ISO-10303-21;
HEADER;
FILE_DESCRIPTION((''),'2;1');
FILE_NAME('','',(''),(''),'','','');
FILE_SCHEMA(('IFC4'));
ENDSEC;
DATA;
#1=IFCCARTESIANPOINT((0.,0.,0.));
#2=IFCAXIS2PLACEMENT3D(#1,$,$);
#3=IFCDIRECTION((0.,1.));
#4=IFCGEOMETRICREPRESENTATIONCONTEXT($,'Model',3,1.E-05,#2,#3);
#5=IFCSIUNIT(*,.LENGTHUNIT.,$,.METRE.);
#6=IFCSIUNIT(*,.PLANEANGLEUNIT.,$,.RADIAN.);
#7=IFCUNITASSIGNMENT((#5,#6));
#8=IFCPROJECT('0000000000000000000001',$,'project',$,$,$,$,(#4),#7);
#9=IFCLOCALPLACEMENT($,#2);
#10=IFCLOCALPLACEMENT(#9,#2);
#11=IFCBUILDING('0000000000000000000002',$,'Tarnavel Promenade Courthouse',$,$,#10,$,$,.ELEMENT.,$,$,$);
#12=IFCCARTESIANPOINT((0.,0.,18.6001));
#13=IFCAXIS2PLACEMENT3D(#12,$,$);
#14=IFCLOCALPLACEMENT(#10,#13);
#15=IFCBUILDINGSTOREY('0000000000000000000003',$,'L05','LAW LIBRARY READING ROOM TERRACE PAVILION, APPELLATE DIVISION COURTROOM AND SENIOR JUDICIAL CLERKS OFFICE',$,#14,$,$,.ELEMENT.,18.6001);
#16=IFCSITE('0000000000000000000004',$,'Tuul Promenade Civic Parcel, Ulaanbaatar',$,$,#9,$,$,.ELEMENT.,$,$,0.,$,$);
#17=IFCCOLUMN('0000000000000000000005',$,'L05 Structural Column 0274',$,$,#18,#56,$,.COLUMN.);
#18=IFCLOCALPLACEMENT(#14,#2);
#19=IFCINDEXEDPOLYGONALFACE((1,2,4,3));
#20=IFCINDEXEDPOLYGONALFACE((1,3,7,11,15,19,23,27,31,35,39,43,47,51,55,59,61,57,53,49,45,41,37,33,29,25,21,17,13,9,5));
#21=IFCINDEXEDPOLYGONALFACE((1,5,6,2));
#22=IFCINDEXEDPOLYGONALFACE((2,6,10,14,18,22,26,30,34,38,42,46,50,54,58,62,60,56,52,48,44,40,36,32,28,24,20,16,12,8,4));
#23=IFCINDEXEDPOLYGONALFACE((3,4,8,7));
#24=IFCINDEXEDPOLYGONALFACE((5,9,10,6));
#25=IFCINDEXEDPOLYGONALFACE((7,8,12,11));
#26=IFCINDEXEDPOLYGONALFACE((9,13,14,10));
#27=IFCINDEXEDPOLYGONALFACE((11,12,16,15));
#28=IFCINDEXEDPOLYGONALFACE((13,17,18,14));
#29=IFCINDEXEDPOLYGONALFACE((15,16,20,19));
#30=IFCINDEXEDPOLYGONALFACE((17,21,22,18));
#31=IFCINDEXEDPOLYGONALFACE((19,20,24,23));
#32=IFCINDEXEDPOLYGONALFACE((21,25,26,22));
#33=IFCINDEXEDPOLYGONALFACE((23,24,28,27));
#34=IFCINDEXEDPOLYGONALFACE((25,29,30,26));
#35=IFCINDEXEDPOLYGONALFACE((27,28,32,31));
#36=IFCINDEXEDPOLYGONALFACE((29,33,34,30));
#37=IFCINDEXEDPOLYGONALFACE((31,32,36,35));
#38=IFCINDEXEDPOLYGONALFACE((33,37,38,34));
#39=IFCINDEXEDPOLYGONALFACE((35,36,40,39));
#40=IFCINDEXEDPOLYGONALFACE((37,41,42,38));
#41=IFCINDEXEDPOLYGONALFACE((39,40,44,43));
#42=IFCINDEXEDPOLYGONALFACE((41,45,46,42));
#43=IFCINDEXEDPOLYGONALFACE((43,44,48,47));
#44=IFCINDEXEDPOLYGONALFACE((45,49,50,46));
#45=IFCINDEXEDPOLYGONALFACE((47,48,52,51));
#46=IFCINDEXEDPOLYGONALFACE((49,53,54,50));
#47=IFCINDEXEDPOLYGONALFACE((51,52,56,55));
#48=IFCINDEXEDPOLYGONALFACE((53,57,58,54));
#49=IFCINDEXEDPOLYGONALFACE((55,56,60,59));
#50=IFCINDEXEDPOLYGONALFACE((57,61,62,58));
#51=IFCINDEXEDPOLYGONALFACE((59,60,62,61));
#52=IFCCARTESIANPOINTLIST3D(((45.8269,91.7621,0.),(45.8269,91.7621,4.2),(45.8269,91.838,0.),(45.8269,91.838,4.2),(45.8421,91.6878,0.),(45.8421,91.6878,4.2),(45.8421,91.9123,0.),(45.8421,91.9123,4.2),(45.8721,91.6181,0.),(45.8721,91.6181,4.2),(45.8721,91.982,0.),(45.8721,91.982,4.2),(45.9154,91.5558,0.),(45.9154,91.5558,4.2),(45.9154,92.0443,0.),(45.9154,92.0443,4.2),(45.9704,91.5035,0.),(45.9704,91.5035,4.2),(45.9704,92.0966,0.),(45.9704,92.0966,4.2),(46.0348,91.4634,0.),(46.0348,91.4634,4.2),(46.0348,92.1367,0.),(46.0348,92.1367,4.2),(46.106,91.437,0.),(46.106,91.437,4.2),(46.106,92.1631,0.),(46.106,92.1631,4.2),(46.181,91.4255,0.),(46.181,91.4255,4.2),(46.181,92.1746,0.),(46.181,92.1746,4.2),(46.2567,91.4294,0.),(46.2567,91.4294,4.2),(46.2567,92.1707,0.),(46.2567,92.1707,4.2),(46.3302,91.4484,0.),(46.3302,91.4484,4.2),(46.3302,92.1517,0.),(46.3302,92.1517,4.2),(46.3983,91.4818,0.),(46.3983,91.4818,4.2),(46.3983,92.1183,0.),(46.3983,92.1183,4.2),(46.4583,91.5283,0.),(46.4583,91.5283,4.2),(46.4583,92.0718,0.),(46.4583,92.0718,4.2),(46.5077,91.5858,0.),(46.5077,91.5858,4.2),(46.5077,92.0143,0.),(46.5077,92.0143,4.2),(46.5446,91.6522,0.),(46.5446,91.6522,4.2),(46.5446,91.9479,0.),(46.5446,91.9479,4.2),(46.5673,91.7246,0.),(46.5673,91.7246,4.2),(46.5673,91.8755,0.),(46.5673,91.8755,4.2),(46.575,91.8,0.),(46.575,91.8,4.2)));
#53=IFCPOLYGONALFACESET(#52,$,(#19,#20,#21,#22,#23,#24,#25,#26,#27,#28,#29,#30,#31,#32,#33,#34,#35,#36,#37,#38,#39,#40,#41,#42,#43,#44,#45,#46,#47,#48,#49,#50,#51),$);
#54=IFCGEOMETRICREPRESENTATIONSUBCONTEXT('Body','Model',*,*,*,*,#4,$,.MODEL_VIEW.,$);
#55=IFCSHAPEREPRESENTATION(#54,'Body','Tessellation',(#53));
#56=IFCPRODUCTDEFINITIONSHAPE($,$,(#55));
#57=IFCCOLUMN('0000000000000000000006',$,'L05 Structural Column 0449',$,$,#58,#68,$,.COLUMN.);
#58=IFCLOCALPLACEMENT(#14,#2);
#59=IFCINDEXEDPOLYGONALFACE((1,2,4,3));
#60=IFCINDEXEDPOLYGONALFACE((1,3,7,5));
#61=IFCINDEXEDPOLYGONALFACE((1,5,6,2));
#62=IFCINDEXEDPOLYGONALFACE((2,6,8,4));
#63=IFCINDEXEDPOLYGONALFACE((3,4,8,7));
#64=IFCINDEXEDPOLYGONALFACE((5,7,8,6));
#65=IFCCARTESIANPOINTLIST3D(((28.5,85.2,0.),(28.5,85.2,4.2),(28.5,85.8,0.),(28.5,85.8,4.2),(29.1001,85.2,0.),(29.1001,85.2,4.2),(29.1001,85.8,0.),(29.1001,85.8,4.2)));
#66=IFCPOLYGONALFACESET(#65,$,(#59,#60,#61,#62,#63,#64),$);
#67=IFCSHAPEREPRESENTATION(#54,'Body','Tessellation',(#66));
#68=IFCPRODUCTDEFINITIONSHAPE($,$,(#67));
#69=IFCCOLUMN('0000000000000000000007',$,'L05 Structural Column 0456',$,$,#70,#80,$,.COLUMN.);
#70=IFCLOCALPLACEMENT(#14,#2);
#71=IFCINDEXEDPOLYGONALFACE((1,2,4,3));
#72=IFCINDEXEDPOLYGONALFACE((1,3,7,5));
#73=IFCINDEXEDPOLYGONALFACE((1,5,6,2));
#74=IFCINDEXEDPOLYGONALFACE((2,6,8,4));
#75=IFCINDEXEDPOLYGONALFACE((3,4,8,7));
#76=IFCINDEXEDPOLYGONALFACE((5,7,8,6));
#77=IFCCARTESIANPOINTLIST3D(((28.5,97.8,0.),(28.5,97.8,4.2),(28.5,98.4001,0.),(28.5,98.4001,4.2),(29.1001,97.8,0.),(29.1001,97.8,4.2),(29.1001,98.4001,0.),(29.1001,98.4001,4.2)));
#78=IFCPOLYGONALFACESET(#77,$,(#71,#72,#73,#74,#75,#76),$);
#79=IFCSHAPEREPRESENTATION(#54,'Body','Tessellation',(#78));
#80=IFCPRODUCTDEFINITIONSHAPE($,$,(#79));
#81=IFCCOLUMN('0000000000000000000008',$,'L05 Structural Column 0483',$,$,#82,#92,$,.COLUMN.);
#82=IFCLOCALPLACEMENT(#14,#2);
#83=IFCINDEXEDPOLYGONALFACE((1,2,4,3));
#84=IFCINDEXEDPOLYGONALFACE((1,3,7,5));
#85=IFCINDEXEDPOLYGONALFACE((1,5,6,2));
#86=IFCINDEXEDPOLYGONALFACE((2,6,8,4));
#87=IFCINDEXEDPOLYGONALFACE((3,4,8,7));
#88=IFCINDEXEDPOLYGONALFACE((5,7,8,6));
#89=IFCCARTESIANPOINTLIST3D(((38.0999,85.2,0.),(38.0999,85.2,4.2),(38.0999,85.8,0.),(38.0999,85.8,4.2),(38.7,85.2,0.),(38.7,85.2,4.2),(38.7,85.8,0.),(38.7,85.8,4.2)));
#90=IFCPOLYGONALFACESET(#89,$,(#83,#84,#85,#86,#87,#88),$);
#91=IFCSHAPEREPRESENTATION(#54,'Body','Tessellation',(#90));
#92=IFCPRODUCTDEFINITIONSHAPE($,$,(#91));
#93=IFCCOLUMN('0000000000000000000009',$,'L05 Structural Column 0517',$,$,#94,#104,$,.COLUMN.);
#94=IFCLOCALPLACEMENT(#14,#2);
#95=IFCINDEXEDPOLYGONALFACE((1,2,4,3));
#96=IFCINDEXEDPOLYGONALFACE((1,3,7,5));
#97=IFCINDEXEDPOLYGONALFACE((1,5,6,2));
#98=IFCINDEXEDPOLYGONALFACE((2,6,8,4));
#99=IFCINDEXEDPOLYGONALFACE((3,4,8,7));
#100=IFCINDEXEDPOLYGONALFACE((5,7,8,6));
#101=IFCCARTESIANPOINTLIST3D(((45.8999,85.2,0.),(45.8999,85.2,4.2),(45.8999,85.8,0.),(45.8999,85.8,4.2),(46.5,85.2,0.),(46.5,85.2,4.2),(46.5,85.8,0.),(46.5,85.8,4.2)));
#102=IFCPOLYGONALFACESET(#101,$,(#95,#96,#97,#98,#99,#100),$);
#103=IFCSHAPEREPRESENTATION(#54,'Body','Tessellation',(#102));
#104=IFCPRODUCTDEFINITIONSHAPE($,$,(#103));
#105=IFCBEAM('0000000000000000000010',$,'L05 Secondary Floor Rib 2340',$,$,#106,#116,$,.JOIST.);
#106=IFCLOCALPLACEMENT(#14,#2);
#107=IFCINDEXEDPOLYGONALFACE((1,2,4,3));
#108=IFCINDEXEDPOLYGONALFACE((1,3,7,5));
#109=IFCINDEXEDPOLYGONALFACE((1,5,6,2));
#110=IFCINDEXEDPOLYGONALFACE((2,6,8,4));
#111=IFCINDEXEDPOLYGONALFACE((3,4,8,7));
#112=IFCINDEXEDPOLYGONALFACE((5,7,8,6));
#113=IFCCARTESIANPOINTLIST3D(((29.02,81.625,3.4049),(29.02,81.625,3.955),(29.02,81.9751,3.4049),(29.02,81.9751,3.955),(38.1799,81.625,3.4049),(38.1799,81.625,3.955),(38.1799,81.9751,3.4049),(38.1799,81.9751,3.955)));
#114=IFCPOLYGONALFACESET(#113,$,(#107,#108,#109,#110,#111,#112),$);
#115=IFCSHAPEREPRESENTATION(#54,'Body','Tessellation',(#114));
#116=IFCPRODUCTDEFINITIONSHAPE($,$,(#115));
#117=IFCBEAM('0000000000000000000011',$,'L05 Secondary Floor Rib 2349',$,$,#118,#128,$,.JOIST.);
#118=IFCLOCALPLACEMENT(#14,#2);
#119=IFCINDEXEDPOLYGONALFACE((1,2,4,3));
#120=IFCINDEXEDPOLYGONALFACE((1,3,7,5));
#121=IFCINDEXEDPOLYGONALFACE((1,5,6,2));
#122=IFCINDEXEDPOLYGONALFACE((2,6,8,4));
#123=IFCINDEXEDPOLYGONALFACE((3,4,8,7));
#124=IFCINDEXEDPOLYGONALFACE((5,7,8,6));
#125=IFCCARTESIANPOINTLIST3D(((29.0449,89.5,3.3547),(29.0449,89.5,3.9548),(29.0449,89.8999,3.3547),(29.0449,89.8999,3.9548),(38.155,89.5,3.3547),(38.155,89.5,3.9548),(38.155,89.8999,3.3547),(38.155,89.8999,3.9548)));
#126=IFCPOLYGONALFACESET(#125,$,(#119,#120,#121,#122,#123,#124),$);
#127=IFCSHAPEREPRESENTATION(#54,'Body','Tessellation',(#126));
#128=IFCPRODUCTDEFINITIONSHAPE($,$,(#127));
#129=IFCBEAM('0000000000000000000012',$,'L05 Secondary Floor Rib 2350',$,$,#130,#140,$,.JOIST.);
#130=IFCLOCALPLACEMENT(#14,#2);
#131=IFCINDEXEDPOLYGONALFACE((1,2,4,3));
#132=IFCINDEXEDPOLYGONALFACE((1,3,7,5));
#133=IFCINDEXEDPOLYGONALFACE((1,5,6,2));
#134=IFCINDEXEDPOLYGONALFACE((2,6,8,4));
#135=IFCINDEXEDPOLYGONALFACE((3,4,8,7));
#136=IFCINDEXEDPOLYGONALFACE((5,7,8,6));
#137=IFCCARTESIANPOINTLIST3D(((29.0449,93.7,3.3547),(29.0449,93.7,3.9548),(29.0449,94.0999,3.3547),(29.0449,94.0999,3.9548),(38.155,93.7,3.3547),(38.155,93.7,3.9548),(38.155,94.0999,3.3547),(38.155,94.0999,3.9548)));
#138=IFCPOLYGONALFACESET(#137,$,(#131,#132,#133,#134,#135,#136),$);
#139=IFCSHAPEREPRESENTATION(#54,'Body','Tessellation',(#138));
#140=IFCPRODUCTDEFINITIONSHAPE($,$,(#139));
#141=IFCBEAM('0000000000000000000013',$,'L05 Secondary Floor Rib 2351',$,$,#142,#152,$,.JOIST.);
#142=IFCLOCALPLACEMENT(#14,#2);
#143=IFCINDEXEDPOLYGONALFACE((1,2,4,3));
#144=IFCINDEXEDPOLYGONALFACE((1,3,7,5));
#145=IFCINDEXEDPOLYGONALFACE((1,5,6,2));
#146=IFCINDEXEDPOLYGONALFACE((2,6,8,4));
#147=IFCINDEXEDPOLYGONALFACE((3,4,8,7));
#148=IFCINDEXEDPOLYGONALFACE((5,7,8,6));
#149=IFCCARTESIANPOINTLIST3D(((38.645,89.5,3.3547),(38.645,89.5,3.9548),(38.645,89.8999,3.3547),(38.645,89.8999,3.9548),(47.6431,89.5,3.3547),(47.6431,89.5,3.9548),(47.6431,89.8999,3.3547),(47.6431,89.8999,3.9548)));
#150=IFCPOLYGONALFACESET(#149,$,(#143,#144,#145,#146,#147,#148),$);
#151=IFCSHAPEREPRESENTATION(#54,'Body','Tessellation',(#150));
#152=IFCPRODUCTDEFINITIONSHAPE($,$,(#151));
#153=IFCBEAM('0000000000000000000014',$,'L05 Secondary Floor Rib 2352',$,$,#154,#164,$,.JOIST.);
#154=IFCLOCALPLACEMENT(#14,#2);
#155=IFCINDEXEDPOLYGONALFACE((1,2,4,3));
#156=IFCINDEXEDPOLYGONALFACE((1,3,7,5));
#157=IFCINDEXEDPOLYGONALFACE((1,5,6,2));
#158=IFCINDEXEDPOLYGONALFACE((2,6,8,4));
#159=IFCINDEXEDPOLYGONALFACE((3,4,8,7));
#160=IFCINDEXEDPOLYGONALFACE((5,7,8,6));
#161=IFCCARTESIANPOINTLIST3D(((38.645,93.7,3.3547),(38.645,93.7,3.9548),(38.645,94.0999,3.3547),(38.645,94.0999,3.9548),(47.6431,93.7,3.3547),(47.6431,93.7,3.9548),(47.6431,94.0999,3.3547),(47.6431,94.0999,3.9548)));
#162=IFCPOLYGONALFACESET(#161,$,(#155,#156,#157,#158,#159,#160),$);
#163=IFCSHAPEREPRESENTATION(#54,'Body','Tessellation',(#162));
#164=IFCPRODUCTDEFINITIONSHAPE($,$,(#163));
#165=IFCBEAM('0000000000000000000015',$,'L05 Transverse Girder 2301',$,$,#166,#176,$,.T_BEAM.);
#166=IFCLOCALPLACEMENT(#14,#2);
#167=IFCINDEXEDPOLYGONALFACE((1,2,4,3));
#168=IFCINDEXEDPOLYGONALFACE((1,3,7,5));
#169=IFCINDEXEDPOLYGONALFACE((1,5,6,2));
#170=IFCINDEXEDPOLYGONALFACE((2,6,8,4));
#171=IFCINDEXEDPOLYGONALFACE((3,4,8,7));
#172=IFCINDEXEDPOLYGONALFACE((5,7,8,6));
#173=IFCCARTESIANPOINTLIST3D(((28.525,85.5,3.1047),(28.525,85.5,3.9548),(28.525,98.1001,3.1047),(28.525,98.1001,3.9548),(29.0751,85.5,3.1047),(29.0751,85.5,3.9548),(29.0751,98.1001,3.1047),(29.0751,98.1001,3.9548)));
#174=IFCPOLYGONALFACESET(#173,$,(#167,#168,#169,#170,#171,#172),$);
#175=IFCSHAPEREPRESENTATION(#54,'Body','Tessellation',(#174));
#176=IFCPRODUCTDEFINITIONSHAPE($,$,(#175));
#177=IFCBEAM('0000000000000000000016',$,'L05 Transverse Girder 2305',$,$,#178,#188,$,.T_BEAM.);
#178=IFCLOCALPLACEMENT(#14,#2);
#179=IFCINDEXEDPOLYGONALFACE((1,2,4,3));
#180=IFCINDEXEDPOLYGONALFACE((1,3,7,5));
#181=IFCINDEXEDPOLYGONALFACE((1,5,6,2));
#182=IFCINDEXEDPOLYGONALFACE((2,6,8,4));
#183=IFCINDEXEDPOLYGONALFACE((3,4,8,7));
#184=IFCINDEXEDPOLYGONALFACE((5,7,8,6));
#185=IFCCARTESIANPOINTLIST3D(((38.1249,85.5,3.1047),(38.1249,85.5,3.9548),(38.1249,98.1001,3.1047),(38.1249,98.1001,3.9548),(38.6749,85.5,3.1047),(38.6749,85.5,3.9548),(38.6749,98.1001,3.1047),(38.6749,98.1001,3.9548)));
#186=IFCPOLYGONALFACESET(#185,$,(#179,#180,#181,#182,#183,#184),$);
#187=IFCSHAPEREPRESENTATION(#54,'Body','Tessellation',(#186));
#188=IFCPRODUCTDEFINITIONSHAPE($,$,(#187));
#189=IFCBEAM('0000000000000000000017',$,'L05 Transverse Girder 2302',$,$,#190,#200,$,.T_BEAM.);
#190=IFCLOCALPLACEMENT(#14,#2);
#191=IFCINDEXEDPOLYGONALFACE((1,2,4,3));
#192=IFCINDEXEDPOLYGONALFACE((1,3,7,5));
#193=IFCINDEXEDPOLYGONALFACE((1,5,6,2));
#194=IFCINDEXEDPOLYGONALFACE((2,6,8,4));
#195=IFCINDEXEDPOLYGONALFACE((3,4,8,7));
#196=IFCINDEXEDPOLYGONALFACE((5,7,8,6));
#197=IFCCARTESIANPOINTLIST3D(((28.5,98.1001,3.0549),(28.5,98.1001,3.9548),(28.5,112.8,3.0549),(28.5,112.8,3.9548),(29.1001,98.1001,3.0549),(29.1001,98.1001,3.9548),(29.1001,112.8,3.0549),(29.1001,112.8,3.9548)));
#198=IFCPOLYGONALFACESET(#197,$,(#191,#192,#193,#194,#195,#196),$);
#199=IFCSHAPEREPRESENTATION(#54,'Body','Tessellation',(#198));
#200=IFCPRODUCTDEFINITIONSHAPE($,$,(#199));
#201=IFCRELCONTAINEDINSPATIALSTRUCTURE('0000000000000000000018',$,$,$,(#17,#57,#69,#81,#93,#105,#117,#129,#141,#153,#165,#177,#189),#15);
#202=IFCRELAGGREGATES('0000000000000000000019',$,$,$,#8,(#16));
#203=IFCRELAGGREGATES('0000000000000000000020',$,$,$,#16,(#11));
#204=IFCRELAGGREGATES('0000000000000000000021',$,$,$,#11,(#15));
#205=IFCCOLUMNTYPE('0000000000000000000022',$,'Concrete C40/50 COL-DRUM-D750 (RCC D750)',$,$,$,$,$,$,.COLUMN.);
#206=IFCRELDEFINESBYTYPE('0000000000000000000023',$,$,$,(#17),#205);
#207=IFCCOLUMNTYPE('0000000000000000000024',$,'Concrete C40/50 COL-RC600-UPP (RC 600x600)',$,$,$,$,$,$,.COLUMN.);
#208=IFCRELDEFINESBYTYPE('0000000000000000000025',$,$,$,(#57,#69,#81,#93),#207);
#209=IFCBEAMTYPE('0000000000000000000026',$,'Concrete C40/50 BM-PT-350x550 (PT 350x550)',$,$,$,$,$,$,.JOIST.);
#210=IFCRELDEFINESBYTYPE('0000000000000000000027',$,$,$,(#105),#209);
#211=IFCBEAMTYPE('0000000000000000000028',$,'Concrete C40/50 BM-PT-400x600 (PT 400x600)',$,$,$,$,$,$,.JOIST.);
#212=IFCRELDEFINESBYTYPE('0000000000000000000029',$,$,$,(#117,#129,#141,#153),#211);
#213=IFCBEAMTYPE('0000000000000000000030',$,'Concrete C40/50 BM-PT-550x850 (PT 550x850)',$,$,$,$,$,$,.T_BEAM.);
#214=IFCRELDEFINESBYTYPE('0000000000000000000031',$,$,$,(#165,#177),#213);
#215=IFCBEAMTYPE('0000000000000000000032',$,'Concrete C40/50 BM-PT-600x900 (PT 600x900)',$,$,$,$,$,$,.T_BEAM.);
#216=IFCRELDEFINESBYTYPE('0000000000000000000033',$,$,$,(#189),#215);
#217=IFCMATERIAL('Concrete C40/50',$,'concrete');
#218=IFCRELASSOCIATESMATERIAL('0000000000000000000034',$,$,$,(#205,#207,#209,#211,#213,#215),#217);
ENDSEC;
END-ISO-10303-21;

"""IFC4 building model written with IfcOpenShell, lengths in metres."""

from ifc_helpers import new_model, si_unit, direction, frame, origin, origin_2d, place, context, subcontext, project, spatial, rectangle, circle, extrude, material, material_profile, profile_set, type_object, element, save


model = new_model("IFC4")

# Units and contexts
model_context = context("Model", 3, precision=1e-05, world=origin(), true_north=direction((0.0, 1.0)))
body_context = subcontext(model_context, "Body", "Model", "MODEL_VIEW")
ifc_project = project(units=[si_unit("LENGTHUNIT", "METRE"), si_unit("PLANEANGLEUNIT", "RADIAN")], contexts=[model_context])

# Site, building, storey
site_placement = place(None, origin())
site = spatial("IfcSite", under=ifc_project, at=site_placement, Name="Tuul Promenade Civic Parcel, Ulaanbaatar", CompositionType="ELEMENT", RefElevation=0.0)
building_placement = place(site_placement, origin())
building = spatial("IfcBuilding", under=site, at=building_placement, Name="Tarnavel Promenade Courthouse", CompositionType="ELEMENT")
storey_placement = place(building_placement, frame((0.0, 0.0, 18.6001)))
storey = spatial("IfcBuildingStorey", under=building, at=storey_placement, Name="L05", Description="LAW LIBRARY READING ROOM TERRACE PAVILION, APPELLATE DIVISION COURTROOM AND SENIOR JUDICIAL CLERKS OFFICE", CompositionType="ELEMENT", Elevation=18.6001)

# Columns
ifc_material_1 = material(Name="Concrete C40/50", Category="concrete")
ifc_material_profile_1 = material_profile(ifc_material_1, circle(Radius=0.375, at=origin_2d()), Name="RCC D750")
ifc_profile_set_1 = profile_set([ifc_material_profile_1], Name="Concrete C40/50")
column_type_1 = type_object("IfcColumnType", Name="Concrete C40/50 COL-DRUM-D750 (RCC D750)", PredefinedType="COLUMN", material=ifc_profile_set_1)
column_placement = place(storey_placement, frame((46.2, 91.8, 0.0), z_axis=(0.0, 0.0, 1.0), x_axis=(1.0, 0.0, 0.0)))
element("IfcColumn", 1, at=column_placement, inside=storey, type_object=column_type_1, Name="L05 Structural Column 0274", PredefinedType="COLUMN", context=body_context, shape_type="SweptSolid", body=[
    extrude(circle(Radius=0.375, at=origin_2d()), origin(), (0.0, 0.0, 1.0), 4.2),
])
ifc_material_profile_2 = material_profile(ifc_material_1, rectangle(XDim=0.6001, YDim=0.6001, at=origin_2d()), Name="RC 600x600")
ifc_profile_set_2 = profile_set([ifc_material_profile_2], Name="Concrete C40/50")
column_type_2 = type_object("IfcColumnType", Name="Concrete C40/50 COL-RC600-UPP (RC 600x600)", PredefinedType="COLUMN", material=ifc_profile_set_2)
for number, where, z_axis, x_axis, name in (
    (2, (28.8, 85.5, 0.0), (0.0, 0.0, 1.0), (1.0, 0.0, 0.0), "L05 Structural Column 0449"),
    (3, (28.8, 98.1001, 0.0), (0.0, 0.0, 1.0), (1.0, 0.0, 0.0), "L05 Structural Column 0456"),
    (4, (38.3999, 85.5, 0.0), (0.0, 0.0, 1.0), (1.0, 0.0, 0.0), "L05 Structural Column 0483"),
    (5, (46.2, 85.5, 0.0), (0.0, 0.0, 1.0), (1.0, 0.0, 0.0), "L05 Structural Column 0517"),
):
    element("IfcColumn", number, at=place(storey_placement, frame(where, z_axis=z_axis, x_axis=x_axis)), inside=storey, type_object=column_type_2, Name=name, PredefinedType="COLUMN", context=body_context, shape_type="SweptSolid", body=[
        extrude(rectangle(XDim=0.6001, YDim=0.6001, at=origin_2d()), origin(), (0.0, 0.0, 1.0), 4.2),
    ])

# Beams
ifc_material_profile_3 = material_profile(ifc_material_1, rectangle(XDim=0.3501, YDim=0.55, at=origin_2d()), Name="PT 350x550")
ifc_profile_set_3 = profile_set([ifc_material_profile_3], Name="Concrete C40/50")
beam_type_1 = type_object("IfcBeamType", Name="Concrete C40/50 BM-PT-350x550 (PT 350x550)", PredefinedType="JOIST", material=ifc_profile_set_3)
beam_1_placement = place(storey_placement, frame((29.02, 81.8, 3.6799), z_axis=(1.0, 0.0, 0.0), x_axis=(0.0, 1.0, 0.0)))
element("IfcBeam", 6, at=beam_1_placement, inside=storey, type_object=beam_type_1, Name="L05 Secondary Floor Rib 2340", PredefinedType="JOIST", context=body_context, shape_type="SweptSolid", body=[
    extrude(rectangle(XDim=0.3501, YDim=0.55, at=origin_2d()), origin(), (0.0, 0.0, 1.0), 9.1599),
])
ifc_material_profile_4 = material_profile(ifc_material_1, rectangle(XDim=0.3999, YDim=0.6001, at=origin_2d()), Name="PT 400x600")
ifc_profile_set_4 = profile_set([ifc_material_profile_4], Name="Concrete C40/50")
beam_type_2 = type_object("IfcBeamType", Name="Concrete C40/50 BM-PT-400x600 (PT 400x600)", PredefinedType="JOIST", material=ifc_profile_set_4)
for number, where, z_axis, x_axis, name in (
    (7, (29.0449, 89.7, 3.6548), (1.0, 0.0, 0.0), (0.0, 1.0, 0.0), "L05 Secondary Floor Rib 2349"),
    (8, (29.0449, 93.8999, 3.6548), (1.0, 0.0, 0.0), (0.0, 1.0, 0.0), "L05 Secondary Floor Rib 2350"),
):
    element("IfcBeam", number, at=place(storey_placement, frame(where, z_axis=z_axis, x_axis=x_axis)), inside=storey, type_object=beam_type_2, Name=name, PredefinedType="JOIST", context=body_context, shape_type="SweptSolid", body=[
        extrude(rectangle(XDim=0.3999, YDim=0.6001, at=origin_2d()), origin(), (0.0, 0.0, 1.0), 9.1101),
    ])
for number, where, z_axis, x_axis, name in (
    (9, (38.645, 89.7, 3.6548), (1.0, 0.0, 0.0), (0.0, 1.0, 0.0), "L05 Secondary Floor Rib 2351"),
    (10, (38.645, 93.8999, 3.6548), (1.0, 0.0, 0.0), (0.0, 1.0, 0.0), "L05 Secondary Floor Rib 2352"),
):
    element("IfcBeam", number, at=place(storey_placement, frame(where, z_axis=z_axis, x_axis=x_axis)), inside=storey, type_object=beam_type_2, Name=name, PredefinedType="JOIST", context=body_context, shape_type="SweptSolid", body=[
        extrude(rectangle(XDim=0.3999, YDim=0.6001, at=origin_2d()), origin(), (0.0, 0.0, 1.0), 8.998),
    ])
ifc_material_profile_5 = material_profile(ifc_material_1, rectangle(XDim=0.55, YDim=0.8501, at=origin_2d()), Name="PT 550x850")
ifc_profile_set_5 = profile_set([ifc_material_profile_5], Name="Concrete C40/50")
beam_type_3 = type_object("IfcBeamType", Name="Concrete C40/50 BM-PT-550x850 (PT 550x850)", PredefinedType="T_BEAM", material=ifc_profile_set_5)
for number, where, z_axis, x_axis, name in (
    (11, (28.8, 85.5, 3.5298), (0.0, 1.0, 0.0), (-1.0, 0.0, 0.0), "L05 Transverse Girder 2301"),
    (12, (38.3999, 85.5, 3.5298), (0.0, 1.0, 0.0), (-1.0, 0.0, 0.0), "L05 Transverse Girder 2305"),
):
    element("IfcBeam", number, at=place(storey_placement, frame(where, z_axis=z_axis, x_axis=x_axis)), inside=storey, type_object=beam_type_3, Name=name, PredefinedType="T_BEAM", context=body_context, shape_type="SweptSolid", body=[
        extrude(rectangle(XDim=0.55, YDim=0.8501, at=origin_2d()), origin(), (0.0, 0.0, 1.0), 12.6001),
    ])
ifc_material_profile_6 = material_profile(ifc_material_1, rectangle(XDim=0.6001, YDim=0.8999, at=origin_2d()), Name="PT 600x900")
ifc_profile_set_6 = profile_set([ifc_material_profile_6], Name="Concrete C40/50")
beam_type_4 = type_object("IfcBeamType", Name="Concrete C40/50 BM-PT-600x900 (PT 600x900)", PredefinedType="T_BEAM", material=ifc_profile_set_6)
beam_2_placement = place(storey_placement, frame((28.8, 98.1001, 3.5049), z_axis=(0.0, 1.0, 0.0), x_axis=(-1.0, 0.0, 0.0)))
element("IfcBeam", 13, at=beam_2_placement, inside=storey, type_object=beam_type_4, Name="L05 Transverse Girder 2302", PredefinedType="T_BEAM", context=body_context, shape_type="SweptSolid", body=[
    extrude(rectangle(XDim=0.6001, YDim=0.8999, at=origin_2d()), origin(), (0.0, 0.0, 1.0), 14.7),
])

save(model, "model.ifc")
